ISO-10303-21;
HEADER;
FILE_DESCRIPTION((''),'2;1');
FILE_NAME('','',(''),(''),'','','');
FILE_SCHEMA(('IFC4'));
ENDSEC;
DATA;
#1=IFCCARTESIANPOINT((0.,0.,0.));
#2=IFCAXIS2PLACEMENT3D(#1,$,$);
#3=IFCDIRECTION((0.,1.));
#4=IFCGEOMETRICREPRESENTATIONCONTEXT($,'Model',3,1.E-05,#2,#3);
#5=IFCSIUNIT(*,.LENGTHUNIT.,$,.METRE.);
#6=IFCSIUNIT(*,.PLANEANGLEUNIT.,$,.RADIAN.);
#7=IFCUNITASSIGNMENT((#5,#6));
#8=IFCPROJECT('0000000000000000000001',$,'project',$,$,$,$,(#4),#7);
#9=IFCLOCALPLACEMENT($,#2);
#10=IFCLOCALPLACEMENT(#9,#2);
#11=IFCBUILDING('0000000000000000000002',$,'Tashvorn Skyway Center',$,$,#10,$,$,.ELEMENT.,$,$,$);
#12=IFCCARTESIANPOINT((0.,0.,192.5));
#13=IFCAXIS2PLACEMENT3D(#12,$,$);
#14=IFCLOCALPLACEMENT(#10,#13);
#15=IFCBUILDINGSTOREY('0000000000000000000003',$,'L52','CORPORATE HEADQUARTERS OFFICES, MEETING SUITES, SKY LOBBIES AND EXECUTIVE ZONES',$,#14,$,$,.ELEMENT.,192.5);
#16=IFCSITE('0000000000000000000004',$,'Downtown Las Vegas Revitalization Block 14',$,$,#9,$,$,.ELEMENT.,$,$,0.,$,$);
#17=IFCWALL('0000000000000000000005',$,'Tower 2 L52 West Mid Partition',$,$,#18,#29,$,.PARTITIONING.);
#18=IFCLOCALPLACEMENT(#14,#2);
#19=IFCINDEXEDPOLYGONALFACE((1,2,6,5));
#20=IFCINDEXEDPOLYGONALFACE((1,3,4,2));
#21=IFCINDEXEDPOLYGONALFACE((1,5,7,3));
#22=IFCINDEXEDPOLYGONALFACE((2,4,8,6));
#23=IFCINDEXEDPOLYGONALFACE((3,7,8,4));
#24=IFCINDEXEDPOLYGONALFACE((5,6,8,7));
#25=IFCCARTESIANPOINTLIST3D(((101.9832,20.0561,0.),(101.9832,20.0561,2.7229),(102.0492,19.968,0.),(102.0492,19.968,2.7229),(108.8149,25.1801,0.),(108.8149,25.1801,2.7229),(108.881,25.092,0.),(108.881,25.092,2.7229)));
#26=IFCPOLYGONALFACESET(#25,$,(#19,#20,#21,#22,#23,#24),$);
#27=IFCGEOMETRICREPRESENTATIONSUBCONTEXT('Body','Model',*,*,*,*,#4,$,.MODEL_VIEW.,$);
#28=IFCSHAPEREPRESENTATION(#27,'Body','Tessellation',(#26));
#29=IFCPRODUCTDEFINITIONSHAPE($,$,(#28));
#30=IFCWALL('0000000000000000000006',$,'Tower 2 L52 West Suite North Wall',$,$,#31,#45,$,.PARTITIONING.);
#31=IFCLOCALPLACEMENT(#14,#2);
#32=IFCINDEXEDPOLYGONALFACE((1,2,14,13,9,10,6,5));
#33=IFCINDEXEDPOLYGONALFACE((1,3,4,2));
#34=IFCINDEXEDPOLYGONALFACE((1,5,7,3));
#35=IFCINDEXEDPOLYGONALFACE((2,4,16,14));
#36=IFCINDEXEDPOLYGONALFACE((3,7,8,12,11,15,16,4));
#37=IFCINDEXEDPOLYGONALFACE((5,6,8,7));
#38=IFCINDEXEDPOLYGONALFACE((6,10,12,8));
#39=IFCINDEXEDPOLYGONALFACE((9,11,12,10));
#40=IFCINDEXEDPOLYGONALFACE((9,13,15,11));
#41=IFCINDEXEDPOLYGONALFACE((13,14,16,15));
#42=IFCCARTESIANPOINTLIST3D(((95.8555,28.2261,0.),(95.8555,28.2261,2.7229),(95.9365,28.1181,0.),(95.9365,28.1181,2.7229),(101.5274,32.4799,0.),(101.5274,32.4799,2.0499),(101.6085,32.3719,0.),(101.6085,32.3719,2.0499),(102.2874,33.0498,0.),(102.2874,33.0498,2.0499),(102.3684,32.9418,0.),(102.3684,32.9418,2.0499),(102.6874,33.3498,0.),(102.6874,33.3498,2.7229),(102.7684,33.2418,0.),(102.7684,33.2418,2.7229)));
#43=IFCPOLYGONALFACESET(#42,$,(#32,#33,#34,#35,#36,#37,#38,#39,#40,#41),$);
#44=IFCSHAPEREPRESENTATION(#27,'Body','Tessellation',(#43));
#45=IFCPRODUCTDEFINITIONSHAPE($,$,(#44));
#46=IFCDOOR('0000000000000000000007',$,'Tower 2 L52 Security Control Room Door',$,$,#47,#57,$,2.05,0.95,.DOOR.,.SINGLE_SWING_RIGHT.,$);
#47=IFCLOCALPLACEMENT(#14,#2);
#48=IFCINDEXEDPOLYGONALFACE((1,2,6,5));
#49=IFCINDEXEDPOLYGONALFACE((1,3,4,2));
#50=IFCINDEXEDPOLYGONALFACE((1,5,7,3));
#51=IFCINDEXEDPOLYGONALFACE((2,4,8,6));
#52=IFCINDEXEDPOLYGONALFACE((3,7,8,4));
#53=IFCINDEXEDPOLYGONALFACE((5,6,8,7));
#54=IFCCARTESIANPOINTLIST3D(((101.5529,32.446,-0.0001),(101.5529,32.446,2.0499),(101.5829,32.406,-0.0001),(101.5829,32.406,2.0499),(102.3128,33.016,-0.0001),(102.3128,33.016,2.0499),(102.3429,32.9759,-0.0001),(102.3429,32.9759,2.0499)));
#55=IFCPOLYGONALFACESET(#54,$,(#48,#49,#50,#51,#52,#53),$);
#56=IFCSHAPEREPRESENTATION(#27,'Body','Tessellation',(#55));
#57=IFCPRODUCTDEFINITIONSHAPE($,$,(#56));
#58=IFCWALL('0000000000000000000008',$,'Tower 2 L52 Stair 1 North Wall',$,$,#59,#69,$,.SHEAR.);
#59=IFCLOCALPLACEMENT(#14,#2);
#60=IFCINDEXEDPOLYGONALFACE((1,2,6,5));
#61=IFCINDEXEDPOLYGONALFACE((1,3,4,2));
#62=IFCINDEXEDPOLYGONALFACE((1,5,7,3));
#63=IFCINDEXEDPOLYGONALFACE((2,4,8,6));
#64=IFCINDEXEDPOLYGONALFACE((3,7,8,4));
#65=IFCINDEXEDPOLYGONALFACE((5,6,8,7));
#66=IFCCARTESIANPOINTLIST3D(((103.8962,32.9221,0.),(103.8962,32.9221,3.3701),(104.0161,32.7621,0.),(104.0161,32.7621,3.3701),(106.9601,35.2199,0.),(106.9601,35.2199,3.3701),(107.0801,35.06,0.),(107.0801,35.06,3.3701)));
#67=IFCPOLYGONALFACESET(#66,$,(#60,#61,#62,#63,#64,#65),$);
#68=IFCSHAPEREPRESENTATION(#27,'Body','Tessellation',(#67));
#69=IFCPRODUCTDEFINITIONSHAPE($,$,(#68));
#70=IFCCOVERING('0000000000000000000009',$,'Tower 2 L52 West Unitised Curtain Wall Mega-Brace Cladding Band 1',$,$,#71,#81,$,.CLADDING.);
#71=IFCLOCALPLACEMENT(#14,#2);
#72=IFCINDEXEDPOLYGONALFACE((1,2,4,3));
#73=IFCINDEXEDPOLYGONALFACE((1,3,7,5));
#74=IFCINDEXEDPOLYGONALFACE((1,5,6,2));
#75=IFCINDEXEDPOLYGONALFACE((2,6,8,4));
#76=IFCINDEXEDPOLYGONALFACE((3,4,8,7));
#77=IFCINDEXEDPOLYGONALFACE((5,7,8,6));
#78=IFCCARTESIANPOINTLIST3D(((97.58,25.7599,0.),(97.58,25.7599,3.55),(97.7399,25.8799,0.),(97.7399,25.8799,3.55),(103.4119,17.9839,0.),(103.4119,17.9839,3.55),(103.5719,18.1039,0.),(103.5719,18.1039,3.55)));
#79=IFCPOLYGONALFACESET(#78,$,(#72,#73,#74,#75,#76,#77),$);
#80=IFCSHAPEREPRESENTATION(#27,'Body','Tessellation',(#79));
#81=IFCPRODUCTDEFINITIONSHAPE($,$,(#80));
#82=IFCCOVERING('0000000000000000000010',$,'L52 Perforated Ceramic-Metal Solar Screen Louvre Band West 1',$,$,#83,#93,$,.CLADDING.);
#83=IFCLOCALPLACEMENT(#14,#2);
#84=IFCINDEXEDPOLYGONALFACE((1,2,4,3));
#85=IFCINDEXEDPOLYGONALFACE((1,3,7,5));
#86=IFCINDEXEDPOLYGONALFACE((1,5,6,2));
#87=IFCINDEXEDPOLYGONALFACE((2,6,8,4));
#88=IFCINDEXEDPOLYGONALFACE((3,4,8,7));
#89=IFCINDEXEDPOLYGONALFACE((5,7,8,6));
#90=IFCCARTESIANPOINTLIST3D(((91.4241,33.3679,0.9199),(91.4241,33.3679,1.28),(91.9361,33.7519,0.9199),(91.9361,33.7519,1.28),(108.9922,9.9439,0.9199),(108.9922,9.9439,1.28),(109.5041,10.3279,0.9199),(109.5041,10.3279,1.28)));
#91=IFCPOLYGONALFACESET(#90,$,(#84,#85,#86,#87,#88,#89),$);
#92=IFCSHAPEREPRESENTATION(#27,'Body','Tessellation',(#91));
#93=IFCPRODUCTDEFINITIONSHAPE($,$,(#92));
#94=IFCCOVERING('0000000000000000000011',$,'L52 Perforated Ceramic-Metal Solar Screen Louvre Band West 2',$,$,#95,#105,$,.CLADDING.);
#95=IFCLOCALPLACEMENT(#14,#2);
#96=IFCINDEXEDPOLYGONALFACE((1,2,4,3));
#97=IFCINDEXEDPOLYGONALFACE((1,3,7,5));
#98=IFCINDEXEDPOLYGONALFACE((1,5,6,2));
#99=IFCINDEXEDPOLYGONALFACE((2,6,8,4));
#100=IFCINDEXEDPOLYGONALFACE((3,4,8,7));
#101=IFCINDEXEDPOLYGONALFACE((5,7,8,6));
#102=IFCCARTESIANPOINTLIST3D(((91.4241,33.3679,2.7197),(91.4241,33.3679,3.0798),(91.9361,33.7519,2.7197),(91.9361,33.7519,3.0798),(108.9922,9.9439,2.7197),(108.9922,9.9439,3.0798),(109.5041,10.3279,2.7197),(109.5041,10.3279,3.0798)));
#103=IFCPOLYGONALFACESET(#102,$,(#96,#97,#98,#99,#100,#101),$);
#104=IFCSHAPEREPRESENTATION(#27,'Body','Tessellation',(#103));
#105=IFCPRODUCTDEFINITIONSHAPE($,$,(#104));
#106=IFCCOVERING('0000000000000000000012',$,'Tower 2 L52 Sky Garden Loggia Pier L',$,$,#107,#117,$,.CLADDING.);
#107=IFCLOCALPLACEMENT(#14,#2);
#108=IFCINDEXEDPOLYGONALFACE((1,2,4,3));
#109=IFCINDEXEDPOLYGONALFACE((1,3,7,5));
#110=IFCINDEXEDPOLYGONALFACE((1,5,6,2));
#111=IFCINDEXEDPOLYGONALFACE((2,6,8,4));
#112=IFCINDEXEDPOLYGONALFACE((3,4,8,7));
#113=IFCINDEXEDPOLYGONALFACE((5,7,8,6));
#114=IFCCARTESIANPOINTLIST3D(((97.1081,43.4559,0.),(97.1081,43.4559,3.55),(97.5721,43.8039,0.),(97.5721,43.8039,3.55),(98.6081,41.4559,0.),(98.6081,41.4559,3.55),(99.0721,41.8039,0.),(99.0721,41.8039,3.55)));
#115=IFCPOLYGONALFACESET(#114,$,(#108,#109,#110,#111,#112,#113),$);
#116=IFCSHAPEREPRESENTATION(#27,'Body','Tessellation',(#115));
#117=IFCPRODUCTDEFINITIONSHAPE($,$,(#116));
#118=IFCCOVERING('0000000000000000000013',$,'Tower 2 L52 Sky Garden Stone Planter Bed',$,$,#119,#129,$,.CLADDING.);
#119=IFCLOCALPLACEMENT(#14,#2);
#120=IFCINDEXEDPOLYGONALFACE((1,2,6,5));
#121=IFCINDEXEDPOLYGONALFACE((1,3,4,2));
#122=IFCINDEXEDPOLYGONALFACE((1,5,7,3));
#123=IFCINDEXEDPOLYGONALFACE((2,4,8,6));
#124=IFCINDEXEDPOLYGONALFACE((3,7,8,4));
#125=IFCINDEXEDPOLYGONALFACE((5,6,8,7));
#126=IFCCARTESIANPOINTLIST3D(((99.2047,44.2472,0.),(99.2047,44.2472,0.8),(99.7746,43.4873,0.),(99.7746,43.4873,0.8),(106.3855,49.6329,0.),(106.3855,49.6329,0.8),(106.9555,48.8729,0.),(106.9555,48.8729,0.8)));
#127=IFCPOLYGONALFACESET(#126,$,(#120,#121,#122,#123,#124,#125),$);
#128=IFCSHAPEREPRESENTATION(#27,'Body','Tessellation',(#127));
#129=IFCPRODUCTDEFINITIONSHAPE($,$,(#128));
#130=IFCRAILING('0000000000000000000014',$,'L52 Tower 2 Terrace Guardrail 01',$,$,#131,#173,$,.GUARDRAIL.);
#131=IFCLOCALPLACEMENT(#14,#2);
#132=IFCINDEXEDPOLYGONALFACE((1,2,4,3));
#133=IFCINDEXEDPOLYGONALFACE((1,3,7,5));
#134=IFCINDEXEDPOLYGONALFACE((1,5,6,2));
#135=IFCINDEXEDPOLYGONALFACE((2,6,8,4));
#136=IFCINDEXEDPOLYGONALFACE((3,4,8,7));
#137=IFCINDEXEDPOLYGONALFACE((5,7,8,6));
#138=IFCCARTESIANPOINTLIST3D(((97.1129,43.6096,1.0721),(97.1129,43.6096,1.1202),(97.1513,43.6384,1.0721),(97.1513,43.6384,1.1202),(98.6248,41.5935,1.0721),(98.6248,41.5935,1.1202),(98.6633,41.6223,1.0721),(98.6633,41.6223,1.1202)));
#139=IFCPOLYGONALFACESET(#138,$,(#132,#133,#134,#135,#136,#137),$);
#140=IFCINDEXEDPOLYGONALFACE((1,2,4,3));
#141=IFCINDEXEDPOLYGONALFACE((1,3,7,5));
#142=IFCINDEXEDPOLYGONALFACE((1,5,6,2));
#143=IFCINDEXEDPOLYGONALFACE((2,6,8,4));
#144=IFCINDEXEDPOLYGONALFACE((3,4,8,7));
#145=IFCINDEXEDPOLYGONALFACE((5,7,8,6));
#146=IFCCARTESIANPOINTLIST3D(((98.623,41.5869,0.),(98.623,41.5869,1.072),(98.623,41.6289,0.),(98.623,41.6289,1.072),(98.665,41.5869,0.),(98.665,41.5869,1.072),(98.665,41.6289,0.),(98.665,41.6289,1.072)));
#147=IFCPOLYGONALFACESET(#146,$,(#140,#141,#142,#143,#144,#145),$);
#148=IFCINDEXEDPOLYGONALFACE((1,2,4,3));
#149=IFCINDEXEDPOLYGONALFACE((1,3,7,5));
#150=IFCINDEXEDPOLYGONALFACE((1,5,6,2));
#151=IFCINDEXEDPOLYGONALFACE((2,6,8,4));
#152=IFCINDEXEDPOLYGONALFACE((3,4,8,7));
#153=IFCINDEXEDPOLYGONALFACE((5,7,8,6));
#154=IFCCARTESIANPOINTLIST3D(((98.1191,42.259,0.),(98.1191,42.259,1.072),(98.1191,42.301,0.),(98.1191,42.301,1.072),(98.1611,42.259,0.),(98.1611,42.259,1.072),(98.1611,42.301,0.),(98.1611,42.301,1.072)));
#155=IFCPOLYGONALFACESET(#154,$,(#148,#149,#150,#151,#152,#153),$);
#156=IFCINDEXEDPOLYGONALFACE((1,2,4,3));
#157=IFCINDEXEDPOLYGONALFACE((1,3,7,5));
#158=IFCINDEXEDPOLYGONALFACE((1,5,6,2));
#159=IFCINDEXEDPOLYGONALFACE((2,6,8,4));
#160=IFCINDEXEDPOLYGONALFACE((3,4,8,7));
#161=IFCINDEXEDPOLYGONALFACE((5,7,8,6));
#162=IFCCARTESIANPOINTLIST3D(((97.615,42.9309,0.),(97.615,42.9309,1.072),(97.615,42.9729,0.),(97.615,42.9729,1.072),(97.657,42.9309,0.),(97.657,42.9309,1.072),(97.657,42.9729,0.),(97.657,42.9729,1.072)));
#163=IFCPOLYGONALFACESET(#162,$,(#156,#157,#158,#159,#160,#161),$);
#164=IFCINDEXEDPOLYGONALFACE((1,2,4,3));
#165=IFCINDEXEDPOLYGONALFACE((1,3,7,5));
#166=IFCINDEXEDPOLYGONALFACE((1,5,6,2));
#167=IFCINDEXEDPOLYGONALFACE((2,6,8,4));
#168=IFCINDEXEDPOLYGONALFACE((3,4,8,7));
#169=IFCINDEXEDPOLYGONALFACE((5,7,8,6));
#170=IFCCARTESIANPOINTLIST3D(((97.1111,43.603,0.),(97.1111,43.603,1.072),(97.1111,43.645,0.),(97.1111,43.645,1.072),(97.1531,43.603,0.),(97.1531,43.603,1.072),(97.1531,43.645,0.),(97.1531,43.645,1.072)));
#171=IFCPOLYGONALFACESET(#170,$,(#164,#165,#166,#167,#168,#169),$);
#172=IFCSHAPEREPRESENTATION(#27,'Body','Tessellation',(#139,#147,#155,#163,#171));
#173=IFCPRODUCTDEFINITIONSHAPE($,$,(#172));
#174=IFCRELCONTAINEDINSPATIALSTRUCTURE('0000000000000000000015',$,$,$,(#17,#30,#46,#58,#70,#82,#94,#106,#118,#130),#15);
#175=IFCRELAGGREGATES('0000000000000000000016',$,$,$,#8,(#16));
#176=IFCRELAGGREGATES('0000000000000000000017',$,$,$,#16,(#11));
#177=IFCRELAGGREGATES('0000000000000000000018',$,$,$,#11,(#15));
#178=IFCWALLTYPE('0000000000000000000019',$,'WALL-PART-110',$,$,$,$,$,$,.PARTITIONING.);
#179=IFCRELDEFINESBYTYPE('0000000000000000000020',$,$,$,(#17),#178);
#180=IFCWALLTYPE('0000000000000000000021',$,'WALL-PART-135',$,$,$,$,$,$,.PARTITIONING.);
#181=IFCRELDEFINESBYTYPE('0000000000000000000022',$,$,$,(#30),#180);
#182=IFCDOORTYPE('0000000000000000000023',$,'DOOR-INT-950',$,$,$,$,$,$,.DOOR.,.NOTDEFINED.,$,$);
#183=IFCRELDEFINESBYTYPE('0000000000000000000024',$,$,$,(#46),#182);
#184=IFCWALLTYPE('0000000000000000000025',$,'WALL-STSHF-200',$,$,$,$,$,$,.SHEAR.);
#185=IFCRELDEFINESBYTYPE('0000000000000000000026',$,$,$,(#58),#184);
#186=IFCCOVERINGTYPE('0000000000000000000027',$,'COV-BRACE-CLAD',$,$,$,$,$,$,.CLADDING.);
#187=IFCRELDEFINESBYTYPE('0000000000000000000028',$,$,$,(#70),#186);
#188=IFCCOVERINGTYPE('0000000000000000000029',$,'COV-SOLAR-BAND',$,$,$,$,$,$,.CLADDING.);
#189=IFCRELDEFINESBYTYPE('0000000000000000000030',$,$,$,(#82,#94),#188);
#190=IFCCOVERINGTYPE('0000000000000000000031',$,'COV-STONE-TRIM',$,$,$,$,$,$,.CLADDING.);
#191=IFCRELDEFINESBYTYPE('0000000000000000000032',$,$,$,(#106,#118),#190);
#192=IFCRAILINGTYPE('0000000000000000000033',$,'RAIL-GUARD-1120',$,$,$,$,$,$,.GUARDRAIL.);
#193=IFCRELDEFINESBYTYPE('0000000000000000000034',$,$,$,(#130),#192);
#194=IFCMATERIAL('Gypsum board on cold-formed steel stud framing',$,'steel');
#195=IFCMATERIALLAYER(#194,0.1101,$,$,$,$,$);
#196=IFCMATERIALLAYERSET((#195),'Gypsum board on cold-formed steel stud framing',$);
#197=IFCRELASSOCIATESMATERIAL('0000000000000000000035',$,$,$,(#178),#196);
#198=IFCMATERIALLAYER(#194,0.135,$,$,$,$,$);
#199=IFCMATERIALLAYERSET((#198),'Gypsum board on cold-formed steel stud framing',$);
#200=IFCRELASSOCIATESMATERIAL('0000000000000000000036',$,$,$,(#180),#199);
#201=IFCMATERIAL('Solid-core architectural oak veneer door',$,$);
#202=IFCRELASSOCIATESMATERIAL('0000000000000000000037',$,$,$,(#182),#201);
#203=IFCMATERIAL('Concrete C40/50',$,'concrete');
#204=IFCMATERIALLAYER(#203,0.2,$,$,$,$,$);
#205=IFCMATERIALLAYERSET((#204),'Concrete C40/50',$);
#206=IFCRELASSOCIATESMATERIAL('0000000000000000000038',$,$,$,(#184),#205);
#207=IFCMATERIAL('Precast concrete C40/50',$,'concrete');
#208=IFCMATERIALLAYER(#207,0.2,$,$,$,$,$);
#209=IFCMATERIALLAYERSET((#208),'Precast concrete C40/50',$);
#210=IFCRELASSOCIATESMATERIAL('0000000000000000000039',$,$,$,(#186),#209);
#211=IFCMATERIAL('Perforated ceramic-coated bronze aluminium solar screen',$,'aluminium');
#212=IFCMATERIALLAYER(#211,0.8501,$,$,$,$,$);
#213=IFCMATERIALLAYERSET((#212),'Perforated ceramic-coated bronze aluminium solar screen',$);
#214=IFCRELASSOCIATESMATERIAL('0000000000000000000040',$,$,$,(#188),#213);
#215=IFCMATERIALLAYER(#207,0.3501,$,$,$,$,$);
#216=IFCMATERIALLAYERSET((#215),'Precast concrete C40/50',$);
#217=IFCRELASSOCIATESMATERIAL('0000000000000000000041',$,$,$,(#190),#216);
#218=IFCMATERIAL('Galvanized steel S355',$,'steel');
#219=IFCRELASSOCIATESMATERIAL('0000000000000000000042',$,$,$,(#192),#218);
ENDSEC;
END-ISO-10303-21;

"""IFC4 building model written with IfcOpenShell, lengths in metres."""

from ifc_helpers import new_model, si_unit, direction, frame, frame_2d, origin, origin_2d, place, context, subcontext, project, spatial, rectangle, extrude, material, layer, layer_set, type_object, element, fill, save


model = new_model("IFC4")

# Units and contexts
model_context = context("Model", 3, precision=1e-05, world=origin(), true_north=direction((0.0, 1.0)))
body_context = subcontext(model_context, "Body", "Model", "MODEL_VIEW")
ifc_project = project(units=[si_unit("LENGTHUNIT", "METRE"), si_unit("PLANEANGLEUNIT", "RADIAN")], contexts=[model_context])

# Site, building, storey
site_placement = place(None, origin())
site = spatial("IfcSite", under=ifc_project, at=site_placement, Name="Downtown Las Vegas Revitalization Block 14", CompositionType="ELEMENT", RefElevation=0.0)
building_placement = place(site_placement, origin())
building = spatial("IfcBuilding", under=site, at=building_placement, Name="Tashvorn Skyway Center", CompositionType="ELEMENT")
storey_placement = place(building_placement, frame((0.0, 0.0, 192.5)))
storey = spatial("IfcBuildingStorey", under=building, at=storey_placement, Name="L52", Description="CORPORATE HEADQUARTERS OFFICES, MEETING SUITES, SKY LOBBIES AND EXECUTIVE ZONES", CompositionType="ELEMENT", Elevation=192.5)

# Shared definitions
ifc_material_1 = material(Name="Precast concrete C40/50", Category="concrete")

# Wall
ifc_material_2 = material(Name="Gypsum board on cold-formed steel stud framing", Category="steel")
ifc_layer_1 = layer(ifc_material_2, 0.1101)
ifc_layer_set_1 = layer_set([ifc_layer_1], Name="Gypsum board on cold-formed steel stud framing")
wall_type_1 = type_object("IfcWallType", Name="WALL-PART-110", PredefinedType="PARTITIONING", material=ifc_layer_set_1)
wall_1_placement = place(storey_placement, frame((102.0161, 20.012, 0.0), z_axis=(0.0, 0.0, 1.0), x_axis=(0.79999, 0.600014, 0.0)))
element("IfcWall", 1, at=wall_1_placement, inside=storey, type_object=wall_type_1, Name="Tower 2 L52 West Mid Partition", PredefinedType="PARTITIONING", context=body_context, shape_type="SweptSolid", body=[
    extrude(rectangle(XDim=8.5398, YDim=0.1101, at=frame_2d((4.27, 0.0))), origin(), (0.0, 0.0, 1.0), 2.7229),
])

# Wall, opening, door
ifc_layer_2 = layer(ifc_material_2, 0.135)
ifc_layer_set_2 = layer_set([ifc_layer_2], Name="Gypsum board on cold-formed steel stud framing")
wall_type_2 = type_object("IfcWallType", Name="WALL-PART-135", PredefinedType="PARTITIONING", material=ifc_layer_set_2)
wall_2_placement = place(storey_placement, frame((102.728, 33.2959, 0.0), z_axis=(0.0, 0.0, 1.0), x_axis=(-0.800014, -0.599982, 0.0)))
wall_2 = element("IfcWall", 2, at=wall_2_placement, inside=storey, type_object=wall_type_2, Name="Tower 2 L52 West Suite North Wall", PredefinedType="PARTITIONING", context=body_context, shape_type="SweptSolid", body=[
    extrude(rectangle(XDim=8.5398, YDim=0.135, at=frame_2d((4.27, 0.0))), origin(), (0.0, 0.0, 1.0), 2.7229),
])
opening_1_placement = place(wall_2_placement, frame((0.5, 0.0, 0.0)))
opening_1 = element("IfcOpeningElement", 3, at=opening_1_placement, cuts=wall_2, PredefinedType="OPENING", context=body_context, shape_type="SweptSolid", body=[
    extrude(rectangle(XDim=0.95, YDim=2.05, at=frame_2d((0.4751, 1.0249))), frame((0.0, 0.0774, 0.0), z_axis=(0.0, -1.0, 0.0), x_axis=(1.0, 0.0, 0.0)), (0.0, 0.0, 1.0), 0.155),
])
ifc_material_3 = material(Name="Solid-core architectural oak veneer door")
door_type_1 = type_object("IfcDoorType", Name="DOOR-INT-950", OperationType="NOTDEFINED", PredefinedType="DOOR", material=ifc_material_3)
door_1_placement = place(opening_1_placement, origin())
door_1 = element("IfcDoor", 4, at=door_1_placement, inside=storey, type_object=door_type_1, Name="Tower 2 L52 Security Control Room Door", OperationType="SINGLE_SWING_RIGHT", OverallHeight=2.05, OverallWidth=0.95, PredefinedType="DOOR", context=body_context, shape_type="SweptSolid", body=[
    extrude(rectangle(XDim=0.95, YDim=2.05, at=frame_2d((0.4751, 1.0249))), frame((0.0, 0.0249, 0.0), z_axis=(0.0, -1.0, 0.0), x_axis=(1.0, 0.0, 0.0)), (0.0, 0.0, 1.0), 0.05),
])
fill(opening_1, door_1)

# Wall
ifc_material_4 = material(Name="Concrete C40/50", Category="concrete")
ifc_layer_3 = layer(ifc_material_4, 0.2)
ifc_layer_set_3 = layer_set([ifc_layer_3], Name="Concrete C40/50")
wall_type_3 = type_object("IfcWallType", Name="WALL-STSHF-200", PredefinedType="SHEAR", material=ifc_layer_set_3)
wall_3_placement = place(storey_placement, frame((103.9561, 32.842, 0.0), z_axis=(0.0, 0.0, 1.0), x_axis=(0.800015, 0.59998, 0.0)))
element("IfcWall", 5, at=wall_3_placement, inside=storey, type_object=wall_type_3, Name="Tower 2 L52 Stair 1 North Wall", PredefinedType="SHEAR", context=body_context, shape_type="SweptSolid", body=[
    extrude(rectangle(XDim=3.8298, YDim=0.2, at=frame_2d((1.915, 0.0))), origin(), (0.0, 0.0, 1.0), 3.3701),
])

# Coverings
ifc_layer_4 = layer(ifc_material_1, 0.2)
ifc_layer_set_4 = layer_set([ifc_layer_4], Name="Precast concrete C40/50")
covering_type_1 = type_object("IfcCoveringType", Name="COV-BRACE-CLAD", PredefinedType="CLADDING", material=ifc_layer_set_4)
covering_1_placement = place(storey_placement, frame((100.5759, 21.9319, 0.0), z_axis=(0.0, 0.0, 1.0), x_axis=(-0.6, 0.8, 0.0)))
element("IfcCovering", 6, at=covering_1_placement, inside=storey, type_object=covering_type_1, Name="Tower 2 L52 West Unitised Curtain Wall Mega-Brace Cladding Band 1", PredefinedType="CLADDING", context=body_context, shape_type="SweptSolid", body=[
    extrude(rectangle(XDim=9.72, YDim=0.2, at=origin_2d()), origin(), (0.0, 0.0, 1.0), 3.55),
])
ifc_material_5 = material(Name="Perforated ceramic-coated bronze aluminium solar screen", Category="aluminium")
ifc_layer_5 = layer(ifc_material_5, 0.8501)
ifc_layer_set_5 = layer_set([ifc_layer_5], Name="Perforated ceramic-coated bronze aluminium solar screen")
covering_type_2 = type_object("IfcCoveringType", Name="COV-SOLAR-BAND", PredefinedType="CLADDING", material=ifc_layer_set_5)
for number, where, z_axis, x_axis, name in (
    (7, (100.4641, 21.8479, 0.9199), (0.0, 0.0, 1.0), (-0.6, 0.8, 0.0), "L52 Perforated Ceramic-Metal Solar Screen Louvre Band West 1"),
    (8, (100.4641, 21.8479, 2.7197), (0.0, 0.0, 1.0), (-0.6, 0.8, 0.0), "L52 Perforated Ceramic-Metal Solar Screen Louvre Band West 2"),
):
    element("IfcCovering", number, at=place(storey_placement, frame(where, z_axis=z_axis, x_axis=x_axis)), inside=storey, type_object=covering_type_2, Name=name, PredefinedType="CLADDING", context=body_context, shape_type="SweptSolid", body=[
        extrude(rectangle(XDim=29.28, YDim=0.6399, at=origin_2d()), origin(), (0.0, 0.0, 1.0), 0.3601),
    ])
ifc_layer_6 = layer(ifc_material_1, 0.3501)
ifc_layer_set_6 = layer_set([ifc_layer_6], Name="Precast concrete C40/50")
covering_type_3 = type_object("IfcCoveringType", Name="COV-STONE-TRIM", PredefinedType="CLADDING", material=ifc_layer_set_6)
covering_2_placement = place(storey_placement, frame((98.0901, 42.6299, 0.0), z_axis=(0.0, 0.0, 1.0), x_axis=(0.8, 0.6, 0.0)))
element("IfcCovering", 9, at=covering_2_placement, inside=storey, type_object=covering_type_3, Name="Tower 2 L52 Sky Garden Loggia Pier L", PredefinedType="CLADDING", context=body_context, shape_type="SweptSolid", body=[
    extrude(rectangle(XDim=0.5801, YDim=2.5, at=origin_2d()), origin(), (0.0, 0.0, 1.0), 3.55),
])
covering_3_placement = place(storey_placement, frame((103.0801, 46.5601, 0.0), z_axis=(0.0, 0.0, 1.0), x_axis=(0.8, 0.6, 0.0)))
element("IfcCovering", 10, at=covering_3_placement, inside=storey, type_object=covering_type_3, Name="Tower 2 L52 Sky Garden Stone Planter Bed", PredefinedType="CLADDING", context=body_context, shape_type="SweptSolid", body=[
    extrude(rectangle(XDim=8.9761, YDim=0.95, at=origin_2d()), origin(), (0.0, 0.0, 1.0), 0.8),
])

# Railing
ifc_material_6 = material(Name="Galvanized steel S355", Category="steel")
railing_type = type_object("IfcRailingType", Name="RAIL-GUARD-1120", PredefinedType="GUARDRAIL", material=ifc_material_6)
railing_placement = place(storey_placement, frame((98.644, 41.6079, 0.0)))
element("IfcRailing", 11, at=railing_placement, inside=storey, type_object=railing_type, Name="L52 Tower 2 Terrace Guardrail 01", PredefinedType="GUARDRAIL", context=body_context, shape_type="SweptSolid", body=[
    extrude(rectangle(XDim=0.0481, YDim=0.0481, at=origin_2d()), frame((0.0, 0.0, 1.0962), z_axis=(-0.599969, 0.800023, 0.0), x_axis=(-0.800023, -0.599969, 0.0)), (0.0, 0.0, 1.0), 2.52),
    extrude(rectangle(XDim=0.042, YDim=0.042, at=origin_2d()), origin(), (0.0, 0.0, 1.0), 1.072),
    extrude(rectangle(XDim=0.042, YDim=0.042, at=origin_2d()), frame((-0.5039, 0.6721, 0.0)), (0.0, 0.0, 1.0), 1.072),
    extrude(rectangle(XDim=0.042, YDim=0.042, at=origin_2d()), frame((-1.0081, 1.344, 0.0)), (0.0, 0.0, 1.0), 1.072),
    extrude(rectangle(XDim=0.042, YDim=0.042, at=origin_2d()), frame((-1.512, 2.0161, 0.0)), (0.0, 0.0, 1.0), 1.072),
])

save(model, "model.ifc")
